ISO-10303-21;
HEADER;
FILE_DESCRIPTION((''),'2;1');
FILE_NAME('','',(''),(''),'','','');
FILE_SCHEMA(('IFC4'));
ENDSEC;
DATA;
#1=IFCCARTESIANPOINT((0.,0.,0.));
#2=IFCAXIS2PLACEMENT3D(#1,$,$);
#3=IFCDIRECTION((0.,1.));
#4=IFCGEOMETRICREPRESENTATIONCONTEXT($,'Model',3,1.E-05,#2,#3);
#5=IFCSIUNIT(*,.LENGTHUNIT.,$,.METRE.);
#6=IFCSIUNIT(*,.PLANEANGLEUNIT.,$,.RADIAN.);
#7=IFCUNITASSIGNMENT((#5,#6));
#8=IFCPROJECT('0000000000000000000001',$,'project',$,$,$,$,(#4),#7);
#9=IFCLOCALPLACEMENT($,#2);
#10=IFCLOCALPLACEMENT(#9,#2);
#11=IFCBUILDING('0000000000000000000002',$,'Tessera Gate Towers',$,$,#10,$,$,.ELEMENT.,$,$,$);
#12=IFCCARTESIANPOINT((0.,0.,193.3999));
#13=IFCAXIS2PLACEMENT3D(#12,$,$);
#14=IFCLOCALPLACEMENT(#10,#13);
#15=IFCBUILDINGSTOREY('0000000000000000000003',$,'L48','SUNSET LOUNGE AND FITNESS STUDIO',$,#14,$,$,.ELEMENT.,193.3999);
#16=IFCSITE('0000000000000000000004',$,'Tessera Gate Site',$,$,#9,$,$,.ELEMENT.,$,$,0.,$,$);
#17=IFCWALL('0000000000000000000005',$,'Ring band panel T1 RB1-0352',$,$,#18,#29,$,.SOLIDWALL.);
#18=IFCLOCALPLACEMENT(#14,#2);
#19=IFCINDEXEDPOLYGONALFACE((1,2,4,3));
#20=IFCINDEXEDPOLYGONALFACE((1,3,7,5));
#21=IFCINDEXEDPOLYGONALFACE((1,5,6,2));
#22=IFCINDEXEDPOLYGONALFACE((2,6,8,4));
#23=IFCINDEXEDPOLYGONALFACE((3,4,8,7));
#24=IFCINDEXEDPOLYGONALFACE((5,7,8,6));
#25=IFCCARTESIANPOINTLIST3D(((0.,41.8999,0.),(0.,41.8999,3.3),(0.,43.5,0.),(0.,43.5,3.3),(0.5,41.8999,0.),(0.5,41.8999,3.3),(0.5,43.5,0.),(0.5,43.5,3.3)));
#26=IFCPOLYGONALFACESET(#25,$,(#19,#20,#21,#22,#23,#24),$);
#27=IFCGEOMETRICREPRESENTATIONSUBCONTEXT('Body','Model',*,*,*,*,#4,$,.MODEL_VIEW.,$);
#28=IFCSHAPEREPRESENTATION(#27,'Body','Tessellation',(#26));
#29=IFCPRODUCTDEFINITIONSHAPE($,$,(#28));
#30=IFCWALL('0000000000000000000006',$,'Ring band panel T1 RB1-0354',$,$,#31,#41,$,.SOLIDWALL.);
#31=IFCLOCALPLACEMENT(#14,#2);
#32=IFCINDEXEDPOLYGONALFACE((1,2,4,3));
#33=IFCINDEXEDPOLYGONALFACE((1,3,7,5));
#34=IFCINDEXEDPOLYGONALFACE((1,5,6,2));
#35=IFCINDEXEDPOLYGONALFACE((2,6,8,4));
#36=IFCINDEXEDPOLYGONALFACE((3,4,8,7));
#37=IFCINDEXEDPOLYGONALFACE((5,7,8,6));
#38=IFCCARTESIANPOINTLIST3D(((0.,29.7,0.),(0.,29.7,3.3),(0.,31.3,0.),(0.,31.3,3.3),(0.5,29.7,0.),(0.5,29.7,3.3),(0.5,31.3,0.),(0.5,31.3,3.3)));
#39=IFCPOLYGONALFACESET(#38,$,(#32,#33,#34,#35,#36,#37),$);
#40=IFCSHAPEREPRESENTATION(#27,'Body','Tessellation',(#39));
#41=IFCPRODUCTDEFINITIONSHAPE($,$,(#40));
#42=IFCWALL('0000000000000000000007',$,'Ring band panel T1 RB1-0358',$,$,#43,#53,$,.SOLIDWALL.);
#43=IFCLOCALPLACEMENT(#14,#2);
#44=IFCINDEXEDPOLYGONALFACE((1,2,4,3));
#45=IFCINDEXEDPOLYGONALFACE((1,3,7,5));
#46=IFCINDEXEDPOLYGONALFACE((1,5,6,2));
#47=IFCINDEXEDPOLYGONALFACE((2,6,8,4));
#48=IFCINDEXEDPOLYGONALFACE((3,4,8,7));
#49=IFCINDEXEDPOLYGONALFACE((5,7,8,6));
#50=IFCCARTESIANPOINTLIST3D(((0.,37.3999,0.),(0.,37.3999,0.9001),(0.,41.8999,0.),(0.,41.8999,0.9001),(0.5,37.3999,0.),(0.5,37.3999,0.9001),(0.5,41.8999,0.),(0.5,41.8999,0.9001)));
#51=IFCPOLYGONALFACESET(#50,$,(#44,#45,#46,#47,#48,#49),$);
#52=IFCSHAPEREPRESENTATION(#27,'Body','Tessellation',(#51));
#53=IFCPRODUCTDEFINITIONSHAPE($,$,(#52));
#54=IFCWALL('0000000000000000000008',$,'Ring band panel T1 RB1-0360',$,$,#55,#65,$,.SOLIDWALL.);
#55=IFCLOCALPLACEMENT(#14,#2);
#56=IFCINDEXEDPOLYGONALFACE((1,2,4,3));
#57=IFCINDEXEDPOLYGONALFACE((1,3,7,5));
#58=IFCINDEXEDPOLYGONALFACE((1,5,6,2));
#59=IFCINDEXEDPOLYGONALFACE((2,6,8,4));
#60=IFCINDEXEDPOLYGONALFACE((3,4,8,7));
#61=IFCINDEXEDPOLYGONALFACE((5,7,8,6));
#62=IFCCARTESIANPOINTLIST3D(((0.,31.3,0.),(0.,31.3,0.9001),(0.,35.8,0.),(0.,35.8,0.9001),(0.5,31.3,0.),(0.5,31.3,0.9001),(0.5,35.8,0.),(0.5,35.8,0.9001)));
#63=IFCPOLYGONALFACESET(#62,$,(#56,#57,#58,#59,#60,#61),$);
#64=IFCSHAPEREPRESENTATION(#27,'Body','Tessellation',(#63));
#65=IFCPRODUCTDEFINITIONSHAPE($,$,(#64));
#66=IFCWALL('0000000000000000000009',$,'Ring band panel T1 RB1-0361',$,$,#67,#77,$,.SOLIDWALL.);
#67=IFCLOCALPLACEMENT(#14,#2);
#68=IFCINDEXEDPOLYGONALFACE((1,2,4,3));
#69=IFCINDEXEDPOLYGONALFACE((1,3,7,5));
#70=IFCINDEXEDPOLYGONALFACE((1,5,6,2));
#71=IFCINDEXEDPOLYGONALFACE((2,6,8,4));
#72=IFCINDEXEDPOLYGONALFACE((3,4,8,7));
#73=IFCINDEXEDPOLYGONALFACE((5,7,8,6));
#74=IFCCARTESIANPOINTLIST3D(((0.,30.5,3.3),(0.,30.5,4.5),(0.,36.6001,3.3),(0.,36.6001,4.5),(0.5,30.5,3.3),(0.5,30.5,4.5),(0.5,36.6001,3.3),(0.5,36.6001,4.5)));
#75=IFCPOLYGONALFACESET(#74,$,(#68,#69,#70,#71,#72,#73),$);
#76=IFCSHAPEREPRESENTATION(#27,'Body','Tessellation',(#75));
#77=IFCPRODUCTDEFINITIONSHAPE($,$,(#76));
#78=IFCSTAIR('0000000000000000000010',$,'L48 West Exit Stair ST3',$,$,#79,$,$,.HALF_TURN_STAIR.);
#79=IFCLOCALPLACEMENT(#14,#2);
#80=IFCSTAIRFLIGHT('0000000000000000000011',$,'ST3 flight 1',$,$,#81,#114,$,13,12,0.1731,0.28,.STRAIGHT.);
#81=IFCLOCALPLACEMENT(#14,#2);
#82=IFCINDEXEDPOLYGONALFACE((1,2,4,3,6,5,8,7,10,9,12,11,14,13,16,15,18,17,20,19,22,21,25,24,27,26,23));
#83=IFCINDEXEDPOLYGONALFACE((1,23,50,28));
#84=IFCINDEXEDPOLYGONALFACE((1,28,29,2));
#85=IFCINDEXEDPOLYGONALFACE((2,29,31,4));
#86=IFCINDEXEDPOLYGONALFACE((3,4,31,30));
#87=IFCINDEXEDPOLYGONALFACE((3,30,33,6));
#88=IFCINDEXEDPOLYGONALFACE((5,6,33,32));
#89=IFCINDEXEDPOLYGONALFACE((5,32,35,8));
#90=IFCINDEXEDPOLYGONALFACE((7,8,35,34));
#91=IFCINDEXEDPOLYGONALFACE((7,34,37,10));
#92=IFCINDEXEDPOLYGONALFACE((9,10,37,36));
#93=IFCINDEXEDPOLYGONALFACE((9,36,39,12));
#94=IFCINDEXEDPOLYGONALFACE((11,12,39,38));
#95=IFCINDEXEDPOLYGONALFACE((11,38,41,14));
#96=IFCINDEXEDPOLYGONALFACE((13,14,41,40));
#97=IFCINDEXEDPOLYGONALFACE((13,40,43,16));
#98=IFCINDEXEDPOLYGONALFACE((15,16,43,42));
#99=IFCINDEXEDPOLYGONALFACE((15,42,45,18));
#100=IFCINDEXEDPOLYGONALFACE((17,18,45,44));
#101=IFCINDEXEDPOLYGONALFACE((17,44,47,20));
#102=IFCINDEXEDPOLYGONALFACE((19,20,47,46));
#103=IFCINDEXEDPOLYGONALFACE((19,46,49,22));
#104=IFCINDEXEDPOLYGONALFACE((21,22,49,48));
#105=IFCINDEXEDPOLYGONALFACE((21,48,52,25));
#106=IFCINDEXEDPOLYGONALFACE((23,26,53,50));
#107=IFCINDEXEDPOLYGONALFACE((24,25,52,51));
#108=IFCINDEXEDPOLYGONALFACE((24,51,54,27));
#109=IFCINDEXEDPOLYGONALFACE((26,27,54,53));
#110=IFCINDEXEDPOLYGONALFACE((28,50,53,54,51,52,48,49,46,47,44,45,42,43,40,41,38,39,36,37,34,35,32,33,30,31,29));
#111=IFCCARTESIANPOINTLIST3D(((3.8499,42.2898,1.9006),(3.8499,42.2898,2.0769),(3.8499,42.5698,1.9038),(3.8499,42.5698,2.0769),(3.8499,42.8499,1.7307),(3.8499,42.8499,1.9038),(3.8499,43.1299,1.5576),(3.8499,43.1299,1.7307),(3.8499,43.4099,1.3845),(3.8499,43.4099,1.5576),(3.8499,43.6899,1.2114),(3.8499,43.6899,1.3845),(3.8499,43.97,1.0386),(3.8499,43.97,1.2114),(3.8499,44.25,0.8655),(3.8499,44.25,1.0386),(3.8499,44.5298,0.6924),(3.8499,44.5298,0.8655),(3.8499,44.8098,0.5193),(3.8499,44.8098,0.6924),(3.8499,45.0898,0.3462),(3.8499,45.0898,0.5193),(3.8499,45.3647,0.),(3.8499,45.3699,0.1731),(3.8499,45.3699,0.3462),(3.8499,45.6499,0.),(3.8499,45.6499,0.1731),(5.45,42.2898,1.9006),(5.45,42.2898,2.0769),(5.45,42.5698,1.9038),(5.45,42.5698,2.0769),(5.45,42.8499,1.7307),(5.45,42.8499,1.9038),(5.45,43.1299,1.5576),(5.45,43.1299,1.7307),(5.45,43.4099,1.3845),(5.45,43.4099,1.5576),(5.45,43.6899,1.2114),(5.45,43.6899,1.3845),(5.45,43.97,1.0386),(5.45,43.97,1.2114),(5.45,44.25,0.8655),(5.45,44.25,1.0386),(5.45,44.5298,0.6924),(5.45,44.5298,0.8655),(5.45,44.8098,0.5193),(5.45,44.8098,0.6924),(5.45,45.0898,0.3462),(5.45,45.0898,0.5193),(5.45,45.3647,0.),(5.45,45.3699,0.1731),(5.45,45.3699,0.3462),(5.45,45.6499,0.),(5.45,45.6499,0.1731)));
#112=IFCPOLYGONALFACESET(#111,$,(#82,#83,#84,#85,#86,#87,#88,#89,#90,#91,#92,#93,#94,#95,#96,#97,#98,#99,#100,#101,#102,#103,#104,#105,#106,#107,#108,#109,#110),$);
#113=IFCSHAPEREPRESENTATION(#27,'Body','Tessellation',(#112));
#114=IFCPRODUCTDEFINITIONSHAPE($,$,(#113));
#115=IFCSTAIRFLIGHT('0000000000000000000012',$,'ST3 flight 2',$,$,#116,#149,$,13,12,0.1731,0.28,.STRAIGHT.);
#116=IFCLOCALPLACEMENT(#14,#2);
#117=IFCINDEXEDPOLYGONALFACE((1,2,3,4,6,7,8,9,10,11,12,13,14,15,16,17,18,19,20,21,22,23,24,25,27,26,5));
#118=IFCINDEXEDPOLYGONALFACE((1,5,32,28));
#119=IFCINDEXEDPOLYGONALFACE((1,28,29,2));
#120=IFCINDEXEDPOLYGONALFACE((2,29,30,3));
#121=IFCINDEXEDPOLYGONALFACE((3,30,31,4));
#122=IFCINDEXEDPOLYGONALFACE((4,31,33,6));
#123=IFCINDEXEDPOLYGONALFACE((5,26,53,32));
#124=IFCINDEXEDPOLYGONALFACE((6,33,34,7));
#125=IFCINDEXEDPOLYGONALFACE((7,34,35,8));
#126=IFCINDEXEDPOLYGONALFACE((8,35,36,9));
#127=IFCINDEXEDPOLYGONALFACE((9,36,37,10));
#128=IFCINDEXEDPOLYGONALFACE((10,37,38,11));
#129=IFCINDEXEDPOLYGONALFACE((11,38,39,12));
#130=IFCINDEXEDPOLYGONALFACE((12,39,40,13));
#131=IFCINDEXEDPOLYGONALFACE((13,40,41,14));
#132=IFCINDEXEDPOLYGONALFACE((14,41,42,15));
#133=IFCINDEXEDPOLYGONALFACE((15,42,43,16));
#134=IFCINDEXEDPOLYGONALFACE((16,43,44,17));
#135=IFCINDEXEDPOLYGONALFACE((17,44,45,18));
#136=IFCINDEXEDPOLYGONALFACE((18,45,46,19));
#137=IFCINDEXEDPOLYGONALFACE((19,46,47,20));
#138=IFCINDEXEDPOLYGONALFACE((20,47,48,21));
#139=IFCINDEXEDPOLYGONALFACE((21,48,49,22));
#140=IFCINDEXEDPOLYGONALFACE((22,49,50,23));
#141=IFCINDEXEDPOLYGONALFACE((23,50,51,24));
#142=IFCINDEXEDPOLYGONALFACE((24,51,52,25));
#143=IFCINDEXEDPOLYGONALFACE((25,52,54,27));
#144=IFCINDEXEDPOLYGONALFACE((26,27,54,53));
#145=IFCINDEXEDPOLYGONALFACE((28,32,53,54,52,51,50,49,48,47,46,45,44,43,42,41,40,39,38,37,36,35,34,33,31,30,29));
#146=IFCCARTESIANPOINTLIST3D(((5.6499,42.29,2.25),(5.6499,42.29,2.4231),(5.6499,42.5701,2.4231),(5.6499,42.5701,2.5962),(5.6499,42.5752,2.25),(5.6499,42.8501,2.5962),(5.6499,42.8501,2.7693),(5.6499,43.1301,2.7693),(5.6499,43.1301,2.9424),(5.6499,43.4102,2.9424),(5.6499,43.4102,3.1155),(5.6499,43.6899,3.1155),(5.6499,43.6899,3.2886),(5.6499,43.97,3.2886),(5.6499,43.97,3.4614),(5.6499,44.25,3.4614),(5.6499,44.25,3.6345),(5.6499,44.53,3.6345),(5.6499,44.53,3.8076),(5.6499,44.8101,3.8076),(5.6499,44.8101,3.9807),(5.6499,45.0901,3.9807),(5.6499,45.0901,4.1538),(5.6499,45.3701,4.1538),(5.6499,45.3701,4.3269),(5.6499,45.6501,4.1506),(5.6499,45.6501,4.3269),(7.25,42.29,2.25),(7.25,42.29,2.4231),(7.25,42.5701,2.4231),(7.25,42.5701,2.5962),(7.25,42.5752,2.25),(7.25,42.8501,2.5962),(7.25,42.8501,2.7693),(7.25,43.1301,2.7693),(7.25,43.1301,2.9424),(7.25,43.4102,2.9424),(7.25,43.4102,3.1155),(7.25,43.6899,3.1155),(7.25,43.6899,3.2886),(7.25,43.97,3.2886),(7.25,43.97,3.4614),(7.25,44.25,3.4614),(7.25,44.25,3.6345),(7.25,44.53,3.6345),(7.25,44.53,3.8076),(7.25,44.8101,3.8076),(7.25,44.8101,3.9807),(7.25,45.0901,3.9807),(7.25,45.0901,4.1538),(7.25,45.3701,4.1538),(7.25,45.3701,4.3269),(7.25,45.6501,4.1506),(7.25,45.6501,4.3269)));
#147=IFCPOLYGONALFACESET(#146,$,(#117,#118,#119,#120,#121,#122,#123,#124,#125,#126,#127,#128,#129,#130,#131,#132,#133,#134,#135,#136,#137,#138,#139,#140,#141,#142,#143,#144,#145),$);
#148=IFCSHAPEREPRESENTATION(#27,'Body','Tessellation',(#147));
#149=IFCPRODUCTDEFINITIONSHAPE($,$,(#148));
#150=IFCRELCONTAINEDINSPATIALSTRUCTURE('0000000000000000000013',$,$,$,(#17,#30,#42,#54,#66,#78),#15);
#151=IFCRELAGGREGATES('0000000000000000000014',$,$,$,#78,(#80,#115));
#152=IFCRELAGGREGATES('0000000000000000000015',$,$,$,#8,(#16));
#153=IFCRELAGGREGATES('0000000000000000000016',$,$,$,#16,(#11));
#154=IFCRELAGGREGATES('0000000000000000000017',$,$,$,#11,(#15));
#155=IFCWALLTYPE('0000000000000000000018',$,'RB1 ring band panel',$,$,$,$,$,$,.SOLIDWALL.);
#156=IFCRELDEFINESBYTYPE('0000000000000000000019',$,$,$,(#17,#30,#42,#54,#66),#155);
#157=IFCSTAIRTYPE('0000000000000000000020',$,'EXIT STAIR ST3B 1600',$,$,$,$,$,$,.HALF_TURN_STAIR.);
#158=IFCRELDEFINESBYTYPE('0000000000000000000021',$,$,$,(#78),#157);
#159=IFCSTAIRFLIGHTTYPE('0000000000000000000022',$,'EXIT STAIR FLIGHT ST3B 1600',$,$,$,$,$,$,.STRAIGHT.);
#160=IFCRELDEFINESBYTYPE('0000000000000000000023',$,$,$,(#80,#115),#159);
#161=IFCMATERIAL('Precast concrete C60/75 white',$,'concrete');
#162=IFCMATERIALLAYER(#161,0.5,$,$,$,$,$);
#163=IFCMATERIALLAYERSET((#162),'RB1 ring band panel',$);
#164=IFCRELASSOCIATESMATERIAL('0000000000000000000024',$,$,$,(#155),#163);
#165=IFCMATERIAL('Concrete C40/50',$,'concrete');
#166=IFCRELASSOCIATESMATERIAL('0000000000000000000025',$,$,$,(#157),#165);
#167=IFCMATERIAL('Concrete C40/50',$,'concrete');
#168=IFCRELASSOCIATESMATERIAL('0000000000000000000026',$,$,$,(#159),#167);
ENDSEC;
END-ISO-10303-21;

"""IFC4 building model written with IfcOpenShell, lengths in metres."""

from ifc_helpers import new_model, si_unit, direction, frame, origin, place, context, subcontext, project, spatial, polyline, outline, extrude, source, transform, mapped, material, layer, layer_set, type_object, element, aggregate, save


model = new_model("IFC4")

# Units and contexts
model_context = context("Model", 3, precision=1e-05, world=origin(), true_north=direction((0.0, 1.0)))
body_context = subcontext(model_context, "Body", "Model", "MODEL_VIEW")
ifc_project = project(units=[si_unit("LENGTHUNIT", "METRE"), si_unit("PLANEANGLEUNIT", "RADIAN")], contexts=[model_context])

# Site, building, storey
site_placement = place(None, origin())
site = spatial("IfcSite", under=ifc_project, at=site_placement, Name="Tessera Gate Site", CompositionType="ELEMENT", RefElevation=0.0)
building_placement = place(site_placement, origin())
building = spatial("IfcBuilding", under=site, at=building_placement, Name="Tessera Gate Towers", CompositionType="ELEMENT")
storey_placement = place(building_placement, frame((0.0, 0.0, 193.3999)))
storey = spatial("IfcBuildingStorey", under=building, at=storey_placement, Name="L48", Description="SUNSET LOUNGE AND FITNESS STUDIO", CompositionType="ELEMENT", Elevation=193.3999)

# Walls
ifc_material_1 = material(Name="Precast concrete C60/75 white", Category="concrete")
ifc_layer_1 = layer(ifc_material_1, 0.5)
ifc_layer_set_1 = layer_set([ifc_layer_1], Name="RB1 ring band panel")
wall_type_1 = type_object("IfcWallType", Name="RB1 ring band panel", PredefinedType="SOLIDWALL", material=ifc_layer_set_1)
shared_shape_1 = source(origin(), body_context, "Body", "SweptSolid", [
    extrude(outline(polyline([(0.0, 0.0), (1.6001, 0.0), (1.6001, 3.3), (0.0, 3.3), (0.0, 0.0)])), frame((0.0, 0.25, 0.0), z_axis=(0.0, -1.0, 0.0), x_axis=(1.0, 0.0, 0.0)), (0.0, 0.0, 1.0), 0.5),
])
for number, where, z_axis, x_axis, name in (
    (1, (0.25, 43.5, 0.0), (0.0, 0.0, 1.0), (0.0, -1.0, 0.0), "Ring band panel T1 RB1-0352"),
    (2, (0.25, 31.3, 0.0), (0.0, 0.0, 1.0), (0.0, -1.0, 0.0), "Ring band panel T1 RB1-0354"),
):
    element("IfcWall", number, at=place(storey_placement, frame(where, z_axis=z_axis, x_axis=x_axis)), inside=storey, type_object=wall_type_1, Name=name, PredefinedType="SOLIDWALL", context=body_context, shape_type="MappedRepresentation", body=[
        mapped(shared_shape_1, transform((0.0, 0.0, 0.0), scale=1.0)),
    ])
shared_shape_2 = source(origin(), body_context, "Body", "SweptSolid", [
    extrude(outline(polyline([(0.0, 0.0), (4.5, 0.0), (4.5, 0.9001), (0.0, 0.9001), (0.0, 0.0)])), frame((0.0, 0.25, 0.0), z_axis=(0.0, -1.0, 0.0), x_axis=(1.0, 0.0, 0.0)), (0.0, 0.0, 1.0), 0.5),
])
for number, where, z_axis, x_axis, name in (
    (3, (0.25, 41.8999, 0.0), (0.0, 0.0, 1.0), (0.0, -1.0, 0.0), "Ring band panel T1 RB1-0358"),
    (4, (0.25, 35.8, 0.0), (0.0, 0.0, 1.0), (0.0, -1.0, 0.0), "Ring band panel T1 RB1-0360"),
):
    element("IfcWall", number, at=place(storey_placement, frame(where, z_axis=z_axis, x_axis=x_axis)), inside=storey, type_object=wall_type_1, Name=name, PredefinedType="SOLIDWALL", context=body_context, shape_type="MappedRepresentation", body=[
        mapped(shared_shape_2, transform((0.0, 0.0, 0.0), scale=1.0)),
    ])
shared_shape_3 = source(origin(), body_context, "Body", "SweptSolid", [
    extrude(outline(polyline([(0.0, 0.0), (6.1001, 0.0), (6.1001, 1.2), (0.0, 1.2), (0.0, 0.0)])), frame((0.0, 0.25, 0.0), z_axis=(0.0, -1.0, 0.0), x_axis=(1.0, 0.0, 0.0)), (0.0, 0.0, 1.0), 0.5),
])
wall_1_placement = place(storey_placement, frame((0.25, 36.6001, 3.3), z_axis=(0.0, 0.0, 1.0), x_axis=(0.0, -1.0, 0.0)))
element("IfcWall", 5, at=wall_1_placement, inside=storey, type_object=wall_type_1, Name="Ring band panel T1 RB1-0361", PredefinedType="SOLIDWALL", context=body_context, shape_type="MappedRepresentation", body=[
    mapped(shared_shape_3, transform((0.0, 0.0, 0.0), scale=1.0)),
])

# Stair, stair flights
ifc_material_2 = material(Name="Concrete C40/50", Category="concrete")
stair_type = type_object("IfcStairType", Name="EXIT STAIR ST3B 1600", PredefinedType="HALF_TURN_STAIR", material=ifc_material_2)
stair_placement = place(storey_placement, origin())
stair = element("IfcStair", 6, at=stair_placement, inside=storey, type_object=stair_type, Name="L48 West Exit Stair ST3", PredefinedType="HALF_TURN_STAIR")
ifc_material_3 = material(Name="Concrete C40/50", Category="concrete")
stair_flight_type = type_object("IfcStairFlightType", Name="EXIT STAIR FLIGHT ST3B 1600", PredefinedType="STRAIGHT", material=ifc_material_3)
stair_flight_1_placement = place(storey_placement, frame((4.6499, 45.6499, 0.0), z_axis=(0.0, 0.0, 1.0), x_axis=(0.0, -1.0, 0.0)))
stair_flight_1 = element("IfcStairFlight", 7, at=stair_flight_1_placement, type_object=stair_flight_type, Name="ST3 flight 1", NumberOfRisers=13, NumberOfTreads=12, PredefinedType="STRAIGHT", RiserHeight=0.1731, TreadLength=0.28, context=body_context, shape_type="SweptSolid", body=[
    extrude(outline(polyline([(0.0, 0.0), (0.0, 0.1731), (0.28, 0.1731), (0.28, 0.3462), (0.5601, 0.3462), (0.5601, 0.5193), (0.8401, 0.5193), (0.8401, 0.6924), (1.1201, 0.6924), (1.1201, 0.8655), (1.3999, 0.8655), (1.3999, 1.0386), (1.6799, 1.0386), (1.6799, 1.2114), (1.96, 1.2114), (1.96, 1.3845), (2.24, 1.3845), (2.24, 1.5576), (2.52, 1.5576), (2.52, 1.7307), (2.8, 1.7307), (2.8, 1.9038), (3.0801, 1.9038), (3.0801, 2.0769), (3.3601, 2.0769), (3.3601, 2.25), (3.3601, 1.9006), (0.2852, 0.0), (0.0, 0.0)])), frame((0.0, 0.8, 0.0), z_axis=(0.0, -1.0, 0.0), x_axis=(1.0, 0.0, 0.0)), (0.0, 0.0, 1.0), 1.6001),
])
stair_flight_2_placement = place(storey_placement, frame((6.45, 42.29, 2.25), z_axis=(0.0, 0.0, 1.0), x_axis=(0.0, 1.0, 0.0)))
stair_flight_2 = element("IfcStairFlight", 8, at=stair_flight_2_placement, type_object=stair_flight_type, Name="ST3 flight 2", NumberOfRisers=13, NumberOfTreads=12, PredefinedType="STRAIGHT", RiserHeight=0.1731, TreadLength=0.28, context=body_context, shape_type="SweptSolid", body=[
    extrude(outline(polyline([(0.0, 0.0), (0.0, 0.1731), (0.28, 0.1731), (0.28, 0.3462), (0.5601, 0.3462), (0.5601, 0.5193), (0.8401, 0.5193), (0.8401, 0.6924), (1.1201, 0.6924), (1.1201, 0.8655), (1.3999, 0.8655), (1.3999, 1.0386), (1.6799, 1.0386), (1.6799, 1.2114), (1.96, 1.2114), (1.96, 1.3845), (2.24, 1.3845), (2.24, 1.5576), (2.52, 1.5576), (2.52, 1.7307), (2.8, 1.7307), (2.8, 1.9038), (3.0801, 1.9038), (3.0801, 2.0769), (3.3601, 2.0769), (3.3601, 2.25), (3.3601, 1.9006), (0.2852, 0.0), (0.0, 0.0)])), frame((0.0, 0.8, 0.0), z_axis=(0.0, -1.0, 0.0), x_axis=(1.0, 0.0, 0.0)), (0.0, 0.0, 1.0), 1.6001),
])
aggregate(stair, [stair_flight_1, stair_flight_2])

save(model, "model.ifc")
